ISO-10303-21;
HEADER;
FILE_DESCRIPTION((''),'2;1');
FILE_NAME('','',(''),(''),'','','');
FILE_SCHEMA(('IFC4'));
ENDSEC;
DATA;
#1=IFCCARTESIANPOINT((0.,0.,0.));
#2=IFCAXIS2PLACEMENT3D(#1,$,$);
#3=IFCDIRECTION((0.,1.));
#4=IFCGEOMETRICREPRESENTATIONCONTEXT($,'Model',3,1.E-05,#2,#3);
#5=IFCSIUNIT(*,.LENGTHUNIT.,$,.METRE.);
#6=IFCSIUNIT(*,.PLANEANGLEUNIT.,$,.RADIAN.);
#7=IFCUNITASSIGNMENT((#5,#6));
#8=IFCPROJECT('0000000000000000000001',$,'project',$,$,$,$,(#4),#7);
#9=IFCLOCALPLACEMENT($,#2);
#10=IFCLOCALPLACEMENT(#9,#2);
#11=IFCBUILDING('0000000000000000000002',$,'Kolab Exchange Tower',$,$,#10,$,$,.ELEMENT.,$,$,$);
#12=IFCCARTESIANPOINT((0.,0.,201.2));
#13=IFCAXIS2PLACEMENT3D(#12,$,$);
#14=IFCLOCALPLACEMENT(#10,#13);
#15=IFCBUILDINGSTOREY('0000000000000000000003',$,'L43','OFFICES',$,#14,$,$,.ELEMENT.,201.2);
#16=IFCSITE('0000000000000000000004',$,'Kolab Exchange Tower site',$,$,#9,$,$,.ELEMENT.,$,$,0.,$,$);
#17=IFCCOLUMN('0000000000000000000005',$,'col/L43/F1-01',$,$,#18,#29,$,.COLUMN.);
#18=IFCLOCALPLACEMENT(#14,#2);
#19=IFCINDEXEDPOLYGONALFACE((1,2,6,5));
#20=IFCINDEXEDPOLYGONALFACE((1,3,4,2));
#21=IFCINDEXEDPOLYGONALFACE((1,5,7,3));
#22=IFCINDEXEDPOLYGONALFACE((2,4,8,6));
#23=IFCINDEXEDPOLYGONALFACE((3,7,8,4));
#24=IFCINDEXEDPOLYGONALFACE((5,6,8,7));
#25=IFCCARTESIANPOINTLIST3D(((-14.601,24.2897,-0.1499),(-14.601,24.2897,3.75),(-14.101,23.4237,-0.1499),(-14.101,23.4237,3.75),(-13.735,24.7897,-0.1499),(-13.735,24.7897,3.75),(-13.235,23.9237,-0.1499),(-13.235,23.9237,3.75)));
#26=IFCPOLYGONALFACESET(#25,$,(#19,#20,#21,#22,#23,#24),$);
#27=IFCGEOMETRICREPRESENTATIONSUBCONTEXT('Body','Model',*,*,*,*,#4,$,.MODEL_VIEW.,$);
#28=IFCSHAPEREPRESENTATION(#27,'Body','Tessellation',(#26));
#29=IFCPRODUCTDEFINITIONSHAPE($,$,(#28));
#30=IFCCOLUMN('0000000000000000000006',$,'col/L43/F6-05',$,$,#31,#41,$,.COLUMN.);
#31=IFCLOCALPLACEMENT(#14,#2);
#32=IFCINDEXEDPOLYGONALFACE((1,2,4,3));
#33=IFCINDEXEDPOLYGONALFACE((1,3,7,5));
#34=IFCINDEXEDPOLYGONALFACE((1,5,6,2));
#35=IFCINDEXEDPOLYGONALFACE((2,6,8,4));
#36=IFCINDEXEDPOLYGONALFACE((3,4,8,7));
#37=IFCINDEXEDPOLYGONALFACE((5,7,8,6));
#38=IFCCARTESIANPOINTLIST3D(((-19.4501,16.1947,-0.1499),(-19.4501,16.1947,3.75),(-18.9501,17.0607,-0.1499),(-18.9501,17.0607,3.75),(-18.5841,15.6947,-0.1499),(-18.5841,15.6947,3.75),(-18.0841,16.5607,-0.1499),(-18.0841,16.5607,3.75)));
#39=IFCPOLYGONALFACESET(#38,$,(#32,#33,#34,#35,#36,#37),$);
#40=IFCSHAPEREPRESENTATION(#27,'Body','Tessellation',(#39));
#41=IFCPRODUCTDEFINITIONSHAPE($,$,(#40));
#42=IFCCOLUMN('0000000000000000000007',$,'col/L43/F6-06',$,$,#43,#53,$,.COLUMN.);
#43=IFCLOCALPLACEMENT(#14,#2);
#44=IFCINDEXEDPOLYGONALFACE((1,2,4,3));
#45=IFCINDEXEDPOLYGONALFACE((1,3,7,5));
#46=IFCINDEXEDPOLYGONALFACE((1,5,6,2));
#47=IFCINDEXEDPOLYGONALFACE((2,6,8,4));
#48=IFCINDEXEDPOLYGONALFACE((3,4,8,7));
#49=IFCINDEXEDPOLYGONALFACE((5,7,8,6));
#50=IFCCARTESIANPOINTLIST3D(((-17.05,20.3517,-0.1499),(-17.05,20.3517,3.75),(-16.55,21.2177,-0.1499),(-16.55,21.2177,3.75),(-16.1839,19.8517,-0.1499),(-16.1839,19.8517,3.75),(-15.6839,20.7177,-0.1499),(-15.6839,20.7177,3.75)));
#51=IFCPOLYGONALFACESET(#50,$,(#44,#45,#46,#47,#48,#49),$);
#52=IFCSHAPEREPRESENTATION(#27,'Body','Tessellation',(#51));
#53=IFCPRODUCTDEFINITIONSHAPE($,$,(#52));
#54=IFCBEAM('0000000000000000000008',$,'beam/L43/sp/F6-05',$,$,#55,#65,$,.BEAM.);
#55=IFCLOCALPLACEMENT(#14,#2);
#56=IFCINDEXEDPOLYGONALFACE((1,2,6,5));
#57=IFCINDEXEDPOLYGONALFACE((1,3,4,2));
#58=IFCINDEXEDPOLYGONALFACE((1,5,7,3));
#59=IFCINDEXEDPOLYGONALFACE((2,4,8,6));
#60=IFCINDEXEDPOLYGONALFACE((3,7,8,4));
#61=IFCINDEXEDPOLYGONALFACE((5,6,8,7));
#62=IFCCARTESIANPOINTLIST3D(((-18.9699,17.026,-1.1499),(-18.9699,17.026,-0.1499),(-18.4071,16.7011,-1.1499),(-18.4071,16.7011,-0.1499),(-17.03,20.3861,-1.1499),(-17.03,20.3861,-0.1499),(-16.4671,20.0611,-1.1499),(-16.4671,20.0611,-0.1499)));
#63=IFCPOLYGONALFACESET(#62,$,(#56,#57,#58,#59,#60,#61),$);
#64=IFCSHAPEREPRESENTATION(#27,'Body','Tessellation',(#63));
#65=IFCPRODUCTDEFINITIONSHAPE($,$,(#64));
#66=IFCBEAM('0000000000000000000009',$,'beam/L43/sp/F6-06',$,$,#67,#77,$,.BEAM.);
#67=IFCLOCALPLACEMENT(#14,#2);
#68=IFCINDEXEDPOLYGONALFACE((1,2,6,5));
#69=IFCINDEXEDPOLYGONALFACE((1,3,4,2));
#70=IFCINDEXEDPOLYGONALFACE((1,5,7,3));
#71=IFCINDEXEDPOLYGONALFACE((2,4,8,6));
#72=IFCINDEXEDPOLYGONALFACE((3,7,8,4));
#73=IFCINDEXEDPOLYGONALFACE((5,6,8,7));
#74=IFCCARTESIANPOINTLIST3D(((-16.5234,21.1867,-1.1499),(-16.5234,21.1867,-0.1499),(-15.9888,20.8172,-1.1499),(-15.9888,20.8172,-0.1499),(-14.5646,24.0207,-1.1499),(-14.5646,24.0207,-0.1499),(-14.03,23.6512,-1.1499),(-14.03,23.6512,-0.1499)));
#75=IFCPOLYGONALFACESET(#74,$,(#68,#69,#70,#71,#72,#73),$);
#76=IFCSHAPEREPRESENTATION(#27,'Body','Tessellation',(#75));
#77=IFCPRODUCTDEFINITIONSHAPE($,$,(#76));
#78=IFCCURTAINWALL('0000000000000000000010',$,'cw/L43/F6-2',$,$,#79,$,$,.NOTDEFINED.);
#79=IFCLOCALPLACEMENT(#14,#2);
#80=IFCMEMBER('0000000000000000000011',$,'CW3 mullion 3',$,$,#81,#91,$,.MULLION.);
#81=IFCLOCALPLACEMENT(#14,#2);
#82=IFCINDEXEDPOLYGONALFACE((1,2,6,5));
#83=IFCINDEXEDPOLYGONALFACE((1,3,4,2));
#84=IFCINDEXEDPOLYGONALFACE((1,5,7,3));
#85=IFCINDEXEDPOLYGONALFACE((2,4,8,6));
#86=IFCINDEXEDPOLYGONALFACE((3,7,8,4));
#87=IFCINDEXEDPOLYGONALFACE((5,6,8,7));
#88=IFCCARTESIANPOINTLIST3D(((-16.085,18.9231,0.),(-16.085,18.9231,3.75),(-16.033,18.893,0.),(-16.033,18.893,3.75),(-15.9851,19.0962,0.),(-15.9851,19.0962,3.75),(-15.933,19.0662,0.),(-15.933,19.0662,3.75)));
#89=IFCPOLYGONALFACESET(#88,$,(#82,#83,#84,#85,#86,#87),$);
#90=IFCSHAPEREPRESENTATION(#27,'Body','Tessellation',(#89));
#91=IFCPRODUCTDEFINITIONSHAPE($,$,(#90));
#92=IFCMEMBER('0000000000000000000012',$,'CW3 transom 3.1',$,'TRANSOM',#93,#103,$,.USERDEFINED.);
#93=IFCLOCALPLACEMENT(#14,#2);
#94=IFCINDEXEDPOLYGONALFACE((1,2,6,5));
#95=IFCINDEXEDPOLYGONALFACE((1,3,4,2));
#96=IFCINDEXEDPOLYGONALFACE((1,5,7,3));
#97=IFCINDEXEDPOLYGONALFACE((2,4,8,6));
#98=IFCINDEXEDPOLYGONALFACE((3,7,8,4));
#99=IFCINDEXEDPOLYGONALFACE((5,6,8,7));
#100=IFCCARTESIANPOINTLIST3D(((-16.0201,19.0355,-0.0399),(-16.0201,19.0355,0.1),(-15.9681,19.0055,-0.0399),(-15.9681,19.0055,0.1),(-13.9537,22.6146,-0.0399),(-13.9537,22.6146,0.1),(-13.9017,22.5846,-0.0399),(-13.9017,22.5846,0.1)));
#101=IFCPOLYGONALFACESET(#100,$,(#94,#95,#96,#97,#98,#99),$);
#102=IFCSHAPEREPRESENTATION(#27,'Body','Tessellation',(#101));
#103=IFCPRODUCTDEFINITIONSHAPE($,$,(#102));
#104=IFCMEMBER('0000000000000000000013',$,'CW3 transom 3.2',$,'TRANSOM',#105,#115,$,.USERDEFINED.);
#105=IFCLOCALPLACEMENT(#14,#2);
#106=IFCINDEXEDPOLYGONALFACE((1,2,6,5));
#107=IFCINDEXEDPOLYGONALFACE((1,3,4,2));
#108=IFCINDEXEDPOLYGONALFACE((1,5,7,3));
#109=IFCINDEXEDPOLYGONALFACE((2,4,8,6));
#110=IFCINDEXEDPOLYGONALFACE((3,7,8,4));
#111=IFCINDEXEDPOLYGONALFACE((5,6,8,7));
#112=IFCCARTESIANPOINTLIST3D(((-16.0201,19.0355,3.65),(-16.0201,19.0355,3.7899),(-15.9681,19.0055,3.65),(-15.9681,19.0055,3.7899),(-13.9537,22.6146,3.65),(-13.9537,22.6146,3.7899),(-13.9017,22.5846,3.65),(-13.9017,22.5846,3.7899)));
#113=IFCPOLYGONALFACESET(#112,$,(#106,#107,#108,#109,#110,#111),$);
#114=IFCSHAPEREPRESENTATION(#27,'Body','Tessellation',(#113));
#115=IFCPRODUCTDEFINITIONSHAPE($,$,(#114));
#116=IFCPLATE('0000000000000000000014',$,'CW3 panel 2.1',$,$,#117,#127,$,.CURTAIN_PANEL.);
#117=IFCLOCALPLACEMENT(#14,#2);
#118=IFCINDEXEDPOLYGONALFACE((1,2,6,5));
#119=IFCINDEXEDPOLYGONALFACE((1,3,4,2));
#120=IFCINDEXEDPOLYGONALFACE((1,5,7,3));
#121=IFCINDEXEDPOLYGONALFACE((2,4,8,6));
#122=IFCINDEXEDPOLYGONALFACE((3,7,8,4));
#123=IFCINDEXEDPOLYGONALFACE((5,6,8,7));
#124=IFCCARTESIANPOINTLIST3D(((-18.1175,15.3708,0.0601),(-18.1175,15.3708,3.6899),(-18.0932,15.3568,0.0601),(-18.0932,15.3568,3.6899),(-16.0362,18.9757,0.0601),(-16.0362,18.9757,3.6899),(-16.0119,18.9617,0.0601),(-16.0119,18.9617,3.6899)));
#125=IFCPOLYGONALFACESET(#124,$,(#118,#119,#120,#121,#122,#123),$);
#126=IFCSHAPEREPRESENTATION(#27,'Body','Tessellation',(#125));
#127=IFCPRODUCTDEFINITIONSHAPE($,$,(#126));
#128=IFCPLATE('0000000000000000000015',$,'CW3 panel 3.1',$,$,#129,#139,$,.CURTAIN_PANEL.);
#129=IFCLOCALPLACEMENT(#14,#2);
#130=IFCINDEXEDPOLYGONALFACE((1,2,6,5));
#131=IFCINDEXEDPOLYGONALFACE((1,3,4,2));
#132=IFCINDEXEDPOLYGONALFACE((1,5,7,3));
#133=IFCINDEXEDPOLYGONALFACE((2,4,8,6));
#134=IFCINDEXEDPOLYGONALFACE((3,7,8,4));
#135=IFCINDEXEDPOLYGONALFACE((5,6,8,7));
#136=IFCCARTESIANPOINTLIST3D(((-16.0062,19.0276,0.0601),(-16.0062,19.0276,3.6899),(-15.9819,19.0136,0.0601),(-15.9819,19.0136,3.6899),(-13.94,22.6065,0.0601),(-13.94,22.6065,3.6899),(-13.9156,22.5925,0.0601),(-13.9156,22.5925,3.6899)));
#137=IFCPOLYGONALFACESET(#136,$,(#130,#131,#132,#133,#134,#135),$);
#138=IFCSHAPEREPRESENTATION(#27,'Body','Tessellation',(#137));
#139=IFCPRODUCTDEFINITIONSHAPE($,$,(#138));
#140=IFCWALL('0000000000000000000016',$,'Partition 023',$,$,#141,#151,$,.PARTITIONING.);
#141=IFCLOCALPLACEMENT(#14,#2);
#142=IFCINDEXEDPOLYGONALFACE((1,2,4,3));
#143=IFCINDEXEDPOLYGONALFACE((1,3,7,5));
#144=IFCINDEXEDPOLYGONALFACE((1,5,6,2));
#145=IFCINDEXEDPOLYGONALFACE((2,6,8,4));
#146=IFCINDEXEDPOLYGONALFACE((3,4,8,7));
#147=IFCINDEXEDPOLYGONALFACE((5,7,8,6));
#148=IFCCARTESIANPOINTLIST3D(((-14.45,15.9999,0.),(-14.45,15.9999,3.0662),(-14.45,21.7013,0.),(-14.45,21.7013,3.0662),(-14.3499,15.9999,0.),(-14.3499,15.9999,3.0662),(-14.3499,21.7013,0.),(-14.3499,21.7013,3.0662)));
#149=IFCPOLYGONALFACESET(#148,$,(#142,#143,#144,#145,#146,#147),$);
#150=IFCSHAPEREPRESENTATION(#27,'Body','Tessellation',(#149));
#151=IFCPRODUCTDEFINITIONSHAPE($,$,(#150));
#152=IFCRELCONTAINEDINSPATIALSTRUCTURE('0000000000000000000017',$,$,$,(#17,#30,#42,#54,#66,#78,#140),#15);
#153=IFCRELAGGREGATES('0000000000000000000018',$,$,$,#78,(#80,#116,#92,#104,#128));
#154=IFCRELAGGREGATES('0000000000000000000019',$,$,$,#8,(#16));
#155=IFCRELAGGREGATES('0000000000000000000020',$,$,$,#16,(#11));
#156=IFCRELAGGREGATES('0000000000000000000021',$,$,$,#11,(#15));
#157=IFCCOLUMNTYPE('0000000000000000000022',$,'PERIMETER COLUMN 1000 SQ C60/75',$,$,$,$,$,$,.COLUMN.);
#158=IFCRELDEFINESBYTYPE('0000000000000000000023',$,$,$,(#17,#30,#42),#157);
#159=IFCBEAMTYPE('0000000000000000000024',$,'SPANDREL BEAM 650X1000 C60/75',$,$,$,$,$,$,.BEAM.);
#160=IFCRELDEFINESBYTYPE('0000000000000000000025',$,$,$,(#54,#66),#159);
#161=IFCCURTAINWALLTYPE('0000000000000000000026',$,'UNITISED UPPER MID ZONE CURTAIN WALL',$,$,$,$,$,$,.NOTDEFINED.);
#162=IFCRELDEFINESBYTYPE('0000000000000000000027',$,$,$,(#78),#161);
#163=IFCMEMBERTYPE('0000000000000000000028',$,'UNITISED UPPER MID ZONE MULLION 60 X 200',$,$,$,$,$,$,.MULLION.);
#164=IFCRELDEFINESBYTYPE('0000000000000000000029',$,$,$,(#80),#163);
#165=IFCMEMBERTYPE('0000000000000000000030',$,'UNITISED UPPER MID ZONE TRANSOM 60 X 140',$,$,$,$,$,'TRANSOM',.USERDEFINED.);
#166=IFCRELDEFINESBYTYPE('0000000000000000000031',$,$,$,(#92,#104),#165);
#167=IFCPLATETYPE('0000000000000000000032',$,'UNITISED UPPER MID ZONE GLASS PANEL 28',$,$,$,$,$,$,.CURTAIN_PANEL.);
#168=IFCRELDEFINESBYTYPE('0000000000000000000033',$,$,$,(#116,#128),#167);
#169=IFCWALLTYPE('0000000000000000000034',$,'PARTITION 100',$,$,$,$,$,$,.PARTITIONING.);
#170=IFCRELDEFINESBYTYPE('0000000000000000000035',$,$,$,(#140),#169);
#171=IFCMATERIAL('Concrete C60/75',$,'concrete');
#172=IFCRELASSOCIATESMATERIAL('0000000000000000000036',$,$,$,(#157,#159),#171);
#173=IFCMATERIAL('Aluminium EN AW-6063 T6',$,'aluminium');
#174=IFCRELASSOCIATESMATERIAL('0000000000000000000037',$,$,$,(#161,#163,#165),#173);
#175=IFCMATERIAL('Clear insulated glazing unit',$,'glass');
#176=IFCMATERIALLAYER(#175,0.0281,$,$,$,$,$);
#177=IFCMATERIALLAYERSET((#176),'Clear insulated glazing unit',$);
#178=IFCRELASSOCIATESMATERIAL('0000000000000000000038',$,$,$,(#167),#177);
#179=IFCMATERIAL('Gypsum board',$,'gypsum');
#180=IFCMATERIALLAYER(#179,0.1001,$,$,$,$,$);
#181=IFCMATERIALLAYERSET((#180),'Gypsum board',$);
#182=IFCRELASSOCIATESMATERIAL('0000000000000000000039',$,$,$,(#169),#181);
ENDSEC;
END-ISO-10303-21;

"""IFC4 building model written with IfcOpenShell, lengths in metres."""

from ifc_helpers import new_model, si_unit, direction, frame, frame_2d, origin, origin_2d, place, context, subcontext, project, spatial, rectangle, extrude, material, layer, layer_set, material_profile, profile_set, type_object, element, aggregate, save


model = new_model("IFC4")

# Units and contexts
model_context = context("Model", 3, precision=1e-05, world=origin(), true_north=direction((0.0, 1.0)))
body_context = subcontext(model_context, "Body", "Model", "MODEL_VIEW")
ifc_project = project(units=[si_unit("LENGTHUNIT", "METRE"), si_unit("PLANEANGLEUNIT", "RADIAN")], contexts=[model_context])

# Site, building, storey
site_placement = place(None, origin())
site = spatial("IfcSite", under=ifc_project, at=site_placement, Name="Kolab Exchange Tower site", CompositionType="ELEMENT", RefElevation=0.0)
building_placement = place(site_placement, origin())
building = spatial("IfcBuilding", under=site, at=building_placement, Name="Kolab Exchange Tower", CompositionType="ELEMENT")
storey_placement = place(building_placement, frame((0.0, 0.0, 201.2)))
storey = spatial("IfcBuildingStorey", under=building, at=storey_placement, Name="L43", Description="OFFICES", CompositionType="ELEMENT", Elevation=201.2)

# Columns
ifc_material_1 = material(Name="Concrete C60/75", Category="concrete")
ifc_material_profile_1 = material_profile(ifc_material_1, rectangle(XDim=1.0, YDim=1.0, at=origin_2d()), Name="RC1000")
ifc_profile_set_1 = profile_set([ifc_material_profile_1], Name="Concrete C60/75")
column_type = type_object("IfcColumnType", Name="PERIMETER COLUMN 1000 SQ C60/75", PredefinedType="COLUMN", material=ifc_profile_set_1)
for number, where, z_axis, x_axis, name in (
    (1, (-13.918, 24.1067, -0.1499), (0.0, 0.0, 1.0), (0.866025, 0.5, 0.0), "col/L43/F1-01"),
    (2, (-18.7671, 16.3777, -0.1499), (0.0, 0.0, 1.0), (0.5, 0.866025, 0.0), "col/L43/F6-05"),
    (3, (-16.3669, 20.5347, -0.1499), (0.0, 0.0, 1.0), (0.5, 0.866025, 0.0), "col/L43/F6-06"),
):
    element("IfcColumn", number, at=place(storey_placement, frame(where, z_axis=z_axis, x_axis=x_axis)), inside=storey, type_object=column_type, Name=name, PredefinedType="COLUMN", context=body_context, shape_type="SweptSolid", body=[
        extrude(rectangle(XDim=1.0, YDim=1.0, at=origin_2d()), origin(), (0.0, 0.0, 1.0), 3.8999),
    ])

# Beams
ifc_material_profile_2 = material_profile(ifc_material_1, rectangle(XDim=0.6499, YDim=1.0, at=origin_2d()), Name="RC650X1000")
ifc_profile_set_2 = profile_set([ifc_material_profile_2], Name="Concrete C60/75")
beam_type = type_object("IfcBeamType", Name="SPANDREL BEAM 650X1000 C60/75", PredefinedType="BEAM", material=ifc_profile_set_2)
beam_1_placement = place(storey_placement, frame((-18.6885, 16.8635, -0.6499), z_axis=(0.499997, 0.866027, 0.0), x_axis=(-0.866027, 0.499997, 0.0)))
element("IfcBeam", 4, at=beam_1_placement, inside=storey, type_object=beam_type, Name="beam/L43/sp/F6-05", PredefinedType="BEAM", context=body_context, shape_type="SweptSolid", body=[
    extrude(rectangle(XDim=0.6499, YDim=1.0, at=origin_2d()), origin(), (0.0, 0.0, 1.0), 3.8799),
])
beam_2_placement = place(storey_placement, frame((-16.2561, 21.002, -0.6499), z_axis=(0.568572, 0.822633, 0.0), x_axis=(-0.822633, 0.568572, 0.0)))
element("IfcBeam", 5, at=beam_2_placement, inside=storey, type_object=beam_type, Name="beam/L43/sp/F6-06", PredefinedType="BEAM", context=body_context, shape_type="SweptSolid", body=[
    extrude(rectangle(XDim=0.6499, YDim=1.0, at=origin_2d()), origin(), (0.0, 0.0, 1.0), 3.4451),
])

# Curtain wall, members, plates
ifc_material_2 = material(Name="Aluminium EN AW-6063 T6", Category="aluminium")
curtain_wall_type = type_object("IfcCurtainWallType", Name="UNITISED UPPER MID ZONE CURTAIN WALL", PredefinedType="NOTDEFINED", material=ifc_material_2)
curtain_wall_placement = place(storey_placement, origin())
curtain_wall = element("IfcCurtainWall", 6, at=curtain_wall_placement, inside=storey, type_object=curtain_wall_type, Name="cw/L43/F6-2", PredefinedType="NOTDEFINED")
ifc_material_profile_3 = material_profile(ifc_material_2, rectangle(XDim=0.0601, YDim=0.2, at=origin_2d()), Name="RECT 60X200")
ifc_profile_set_3 = profile_set([ifc_material_profile_3], Name="Aluminium EN AW-6063 T6")
member_type_1 = type_object("IfcMemberType", Name="UNITISED UPPER MID ZONE MULLION 60 X 200", PredefinedType="MULLION", material=ifc_profile_set_3)
member_1_placement = place(storey_placement, frame((-16.009, 18.9946, 0.0), z_axis=(0.0, 0.0, 1.0), x_axis=(-0.866025, 0.5, 0.0)))
member_1 = element("IfcMember", 7, at=member_1_placement, type_object=member_type_1, Name="CW3 mullion 3", PredefinedType="MULLION", context=body_context, shape_type="SweptSolid", body=[
    extrude(rectangle(XDim=0.0601, YDim=0.2, at=origin_2d()), origin(), (0.0, 0.0, 1.0), 3.75),
])
ifc_material_profile_4 = material_profile(ifc_material_2, rectangle(XDim=0.0601, YDim=0.1399, at=origin_2d()), Name="RECT 60X140")
ifc_profile_set_4 = profile_set([ifc_material_profile_4], Name="Aluminium EN AW-6063 T6")
member_type_2 = type_object("IfcMemberType", Name="UNITISED UPPER MID ZONE TRANSOM 60 X 140", ElementType="TRANSOM", PredefinedType="USERDEFINED", material=ifc_profile_set_4)
member_2_placement = place(storey_placement, frame((-15.9941, 19.0205, 0.03), z_axis=(0.500002, 0.866024, 0.0), x_axis=(-0.866024, 0.500002, 0.0)))
member_2 = element("IfcMember", 8, at=member_2_placement, type_object=member_type_2, Name="CW3 transom 3.1", ObjectType="TRANSOM", PredefinedType="USERDEFINED", context=body_context, shape_type="SweptSolid", body=[
    extrude(rectangle(XDim=0.0601, YDim=0.1399, at=origin_2d()), origin(), (0.0, 0.0, 1.0), 4.1328),
])
member_3_placement = place(storey_placement, frame((-15.9941, 19.0205, 3.72), z_axis=(0.500002, 0.866024, 0.0), x_axis=(-0.866024, 0.500002, 0.0)))
member_3 = element("IfcMember", 9, at=member_3_placement, type_object=member_type_2, Name="CW3 transom 3.2", ObjectType="TRANSOM", PredefinedType="USERDEFINED", context=body_context, shape_type="SweptSolid", body=[
    extrude(rectangle(XDim=0.0601, YDim=0.1399, at=origin_2d()), origin(), (0.0, 0.0, 1.0), 4.1328),
])
ifc_material_3 = material(Name="Clear insulated glazing unit", Category="glass")
ifc_layer_1 = layer(ifc_material_3, 0.0281)
ifc_layer_set_1 = layer_set([ifc_layer_1], Name="Clear insulated glazing unit")
plate_type = type_object("IfcPlateType", Name="UNITISED UPPER MID ZONE GLASS PANEL 28", PredefinedType="CURTAIN_PANEL", material=ifc_layer_set_1)
plate_1_placement = place(storey_placement, frame((-17.0647, 17.1663, 0.0601), z_axis=(0.0, 0.0, 1.0), x_axis=(0.5, 0.866025, 0.0)))
plate_1 = element("IfcPlate", 10, at=plate_1_placement, type_object=plate_type, Name="CW3 panel 2.1", PredefinedType="CURTAIN_PANEL", context=body_context, shape_type="SweptSolid", body=[
    extrude(rectangle(XDim=4.1626, YDim=0.0281, at=origin_2d()), origin(), (0.0, 0.0, 1.0), 3.6299),
])
plate_2_placement = place(storey_placement, frame((-14.9609, 20.8101, 0.0601), z_axis=(0.0, 0.0, 1.0), x_axis=(0.5, 0.866025, 0.0)))
plate_2 = element("IfcPlate", 11, at=plate_2_placement, type_object=plate_type, Name="CW3 panel 3.1", PredefinedType="CURTAIN_PANEL", context=body_context, shape_type="SweptSolid", body=[
    extrude(rectangle(XDim=4.1326, YDim=0.0281, at=origin_2d()), origin(), (0.0, 0.0, 1.0), 3.6299),
])
aggregate(curtain_wall, [member_1, plate_1, member_2, member_3, plate_2])

# Wall
ifc_material_4 = material(Name="Gypsum board", Category="gypsum")
ifc_layer_2 = layer(ifc_material_4, 0.1001)
ifc_layer_set_2 = layer_set([ifc_layer_2], Name="Gypsum board")
wall_type_1 = type_object("IfcWallType", Name="PARTITION 100", PredefinedType="PARTITIONING", material=ifc_layer_set_2)
wall_1_placement = place(storey_placement, frame((-14.3999, 16.0, 0.0), z_axis=(0.0, 0.0, 1.0), x_axis=(0.0, 1.0, 0.0)))
element("IfcWall", 12, at=wall_1_placement, inside=storey, type_object=wall_type_1, Name="Partition 023", PredefinedType="PARTITIONING", context=body_context, shape_type="SweptSolid", body=[
    extrude(rectangle(XDim=5.7014, YDim=0.1001, at=frame_2d((2.8506, 0.0))), origin(), (0.0, 0.0, 1.0), 3.0662),
])

save(model, "model.ifc")
